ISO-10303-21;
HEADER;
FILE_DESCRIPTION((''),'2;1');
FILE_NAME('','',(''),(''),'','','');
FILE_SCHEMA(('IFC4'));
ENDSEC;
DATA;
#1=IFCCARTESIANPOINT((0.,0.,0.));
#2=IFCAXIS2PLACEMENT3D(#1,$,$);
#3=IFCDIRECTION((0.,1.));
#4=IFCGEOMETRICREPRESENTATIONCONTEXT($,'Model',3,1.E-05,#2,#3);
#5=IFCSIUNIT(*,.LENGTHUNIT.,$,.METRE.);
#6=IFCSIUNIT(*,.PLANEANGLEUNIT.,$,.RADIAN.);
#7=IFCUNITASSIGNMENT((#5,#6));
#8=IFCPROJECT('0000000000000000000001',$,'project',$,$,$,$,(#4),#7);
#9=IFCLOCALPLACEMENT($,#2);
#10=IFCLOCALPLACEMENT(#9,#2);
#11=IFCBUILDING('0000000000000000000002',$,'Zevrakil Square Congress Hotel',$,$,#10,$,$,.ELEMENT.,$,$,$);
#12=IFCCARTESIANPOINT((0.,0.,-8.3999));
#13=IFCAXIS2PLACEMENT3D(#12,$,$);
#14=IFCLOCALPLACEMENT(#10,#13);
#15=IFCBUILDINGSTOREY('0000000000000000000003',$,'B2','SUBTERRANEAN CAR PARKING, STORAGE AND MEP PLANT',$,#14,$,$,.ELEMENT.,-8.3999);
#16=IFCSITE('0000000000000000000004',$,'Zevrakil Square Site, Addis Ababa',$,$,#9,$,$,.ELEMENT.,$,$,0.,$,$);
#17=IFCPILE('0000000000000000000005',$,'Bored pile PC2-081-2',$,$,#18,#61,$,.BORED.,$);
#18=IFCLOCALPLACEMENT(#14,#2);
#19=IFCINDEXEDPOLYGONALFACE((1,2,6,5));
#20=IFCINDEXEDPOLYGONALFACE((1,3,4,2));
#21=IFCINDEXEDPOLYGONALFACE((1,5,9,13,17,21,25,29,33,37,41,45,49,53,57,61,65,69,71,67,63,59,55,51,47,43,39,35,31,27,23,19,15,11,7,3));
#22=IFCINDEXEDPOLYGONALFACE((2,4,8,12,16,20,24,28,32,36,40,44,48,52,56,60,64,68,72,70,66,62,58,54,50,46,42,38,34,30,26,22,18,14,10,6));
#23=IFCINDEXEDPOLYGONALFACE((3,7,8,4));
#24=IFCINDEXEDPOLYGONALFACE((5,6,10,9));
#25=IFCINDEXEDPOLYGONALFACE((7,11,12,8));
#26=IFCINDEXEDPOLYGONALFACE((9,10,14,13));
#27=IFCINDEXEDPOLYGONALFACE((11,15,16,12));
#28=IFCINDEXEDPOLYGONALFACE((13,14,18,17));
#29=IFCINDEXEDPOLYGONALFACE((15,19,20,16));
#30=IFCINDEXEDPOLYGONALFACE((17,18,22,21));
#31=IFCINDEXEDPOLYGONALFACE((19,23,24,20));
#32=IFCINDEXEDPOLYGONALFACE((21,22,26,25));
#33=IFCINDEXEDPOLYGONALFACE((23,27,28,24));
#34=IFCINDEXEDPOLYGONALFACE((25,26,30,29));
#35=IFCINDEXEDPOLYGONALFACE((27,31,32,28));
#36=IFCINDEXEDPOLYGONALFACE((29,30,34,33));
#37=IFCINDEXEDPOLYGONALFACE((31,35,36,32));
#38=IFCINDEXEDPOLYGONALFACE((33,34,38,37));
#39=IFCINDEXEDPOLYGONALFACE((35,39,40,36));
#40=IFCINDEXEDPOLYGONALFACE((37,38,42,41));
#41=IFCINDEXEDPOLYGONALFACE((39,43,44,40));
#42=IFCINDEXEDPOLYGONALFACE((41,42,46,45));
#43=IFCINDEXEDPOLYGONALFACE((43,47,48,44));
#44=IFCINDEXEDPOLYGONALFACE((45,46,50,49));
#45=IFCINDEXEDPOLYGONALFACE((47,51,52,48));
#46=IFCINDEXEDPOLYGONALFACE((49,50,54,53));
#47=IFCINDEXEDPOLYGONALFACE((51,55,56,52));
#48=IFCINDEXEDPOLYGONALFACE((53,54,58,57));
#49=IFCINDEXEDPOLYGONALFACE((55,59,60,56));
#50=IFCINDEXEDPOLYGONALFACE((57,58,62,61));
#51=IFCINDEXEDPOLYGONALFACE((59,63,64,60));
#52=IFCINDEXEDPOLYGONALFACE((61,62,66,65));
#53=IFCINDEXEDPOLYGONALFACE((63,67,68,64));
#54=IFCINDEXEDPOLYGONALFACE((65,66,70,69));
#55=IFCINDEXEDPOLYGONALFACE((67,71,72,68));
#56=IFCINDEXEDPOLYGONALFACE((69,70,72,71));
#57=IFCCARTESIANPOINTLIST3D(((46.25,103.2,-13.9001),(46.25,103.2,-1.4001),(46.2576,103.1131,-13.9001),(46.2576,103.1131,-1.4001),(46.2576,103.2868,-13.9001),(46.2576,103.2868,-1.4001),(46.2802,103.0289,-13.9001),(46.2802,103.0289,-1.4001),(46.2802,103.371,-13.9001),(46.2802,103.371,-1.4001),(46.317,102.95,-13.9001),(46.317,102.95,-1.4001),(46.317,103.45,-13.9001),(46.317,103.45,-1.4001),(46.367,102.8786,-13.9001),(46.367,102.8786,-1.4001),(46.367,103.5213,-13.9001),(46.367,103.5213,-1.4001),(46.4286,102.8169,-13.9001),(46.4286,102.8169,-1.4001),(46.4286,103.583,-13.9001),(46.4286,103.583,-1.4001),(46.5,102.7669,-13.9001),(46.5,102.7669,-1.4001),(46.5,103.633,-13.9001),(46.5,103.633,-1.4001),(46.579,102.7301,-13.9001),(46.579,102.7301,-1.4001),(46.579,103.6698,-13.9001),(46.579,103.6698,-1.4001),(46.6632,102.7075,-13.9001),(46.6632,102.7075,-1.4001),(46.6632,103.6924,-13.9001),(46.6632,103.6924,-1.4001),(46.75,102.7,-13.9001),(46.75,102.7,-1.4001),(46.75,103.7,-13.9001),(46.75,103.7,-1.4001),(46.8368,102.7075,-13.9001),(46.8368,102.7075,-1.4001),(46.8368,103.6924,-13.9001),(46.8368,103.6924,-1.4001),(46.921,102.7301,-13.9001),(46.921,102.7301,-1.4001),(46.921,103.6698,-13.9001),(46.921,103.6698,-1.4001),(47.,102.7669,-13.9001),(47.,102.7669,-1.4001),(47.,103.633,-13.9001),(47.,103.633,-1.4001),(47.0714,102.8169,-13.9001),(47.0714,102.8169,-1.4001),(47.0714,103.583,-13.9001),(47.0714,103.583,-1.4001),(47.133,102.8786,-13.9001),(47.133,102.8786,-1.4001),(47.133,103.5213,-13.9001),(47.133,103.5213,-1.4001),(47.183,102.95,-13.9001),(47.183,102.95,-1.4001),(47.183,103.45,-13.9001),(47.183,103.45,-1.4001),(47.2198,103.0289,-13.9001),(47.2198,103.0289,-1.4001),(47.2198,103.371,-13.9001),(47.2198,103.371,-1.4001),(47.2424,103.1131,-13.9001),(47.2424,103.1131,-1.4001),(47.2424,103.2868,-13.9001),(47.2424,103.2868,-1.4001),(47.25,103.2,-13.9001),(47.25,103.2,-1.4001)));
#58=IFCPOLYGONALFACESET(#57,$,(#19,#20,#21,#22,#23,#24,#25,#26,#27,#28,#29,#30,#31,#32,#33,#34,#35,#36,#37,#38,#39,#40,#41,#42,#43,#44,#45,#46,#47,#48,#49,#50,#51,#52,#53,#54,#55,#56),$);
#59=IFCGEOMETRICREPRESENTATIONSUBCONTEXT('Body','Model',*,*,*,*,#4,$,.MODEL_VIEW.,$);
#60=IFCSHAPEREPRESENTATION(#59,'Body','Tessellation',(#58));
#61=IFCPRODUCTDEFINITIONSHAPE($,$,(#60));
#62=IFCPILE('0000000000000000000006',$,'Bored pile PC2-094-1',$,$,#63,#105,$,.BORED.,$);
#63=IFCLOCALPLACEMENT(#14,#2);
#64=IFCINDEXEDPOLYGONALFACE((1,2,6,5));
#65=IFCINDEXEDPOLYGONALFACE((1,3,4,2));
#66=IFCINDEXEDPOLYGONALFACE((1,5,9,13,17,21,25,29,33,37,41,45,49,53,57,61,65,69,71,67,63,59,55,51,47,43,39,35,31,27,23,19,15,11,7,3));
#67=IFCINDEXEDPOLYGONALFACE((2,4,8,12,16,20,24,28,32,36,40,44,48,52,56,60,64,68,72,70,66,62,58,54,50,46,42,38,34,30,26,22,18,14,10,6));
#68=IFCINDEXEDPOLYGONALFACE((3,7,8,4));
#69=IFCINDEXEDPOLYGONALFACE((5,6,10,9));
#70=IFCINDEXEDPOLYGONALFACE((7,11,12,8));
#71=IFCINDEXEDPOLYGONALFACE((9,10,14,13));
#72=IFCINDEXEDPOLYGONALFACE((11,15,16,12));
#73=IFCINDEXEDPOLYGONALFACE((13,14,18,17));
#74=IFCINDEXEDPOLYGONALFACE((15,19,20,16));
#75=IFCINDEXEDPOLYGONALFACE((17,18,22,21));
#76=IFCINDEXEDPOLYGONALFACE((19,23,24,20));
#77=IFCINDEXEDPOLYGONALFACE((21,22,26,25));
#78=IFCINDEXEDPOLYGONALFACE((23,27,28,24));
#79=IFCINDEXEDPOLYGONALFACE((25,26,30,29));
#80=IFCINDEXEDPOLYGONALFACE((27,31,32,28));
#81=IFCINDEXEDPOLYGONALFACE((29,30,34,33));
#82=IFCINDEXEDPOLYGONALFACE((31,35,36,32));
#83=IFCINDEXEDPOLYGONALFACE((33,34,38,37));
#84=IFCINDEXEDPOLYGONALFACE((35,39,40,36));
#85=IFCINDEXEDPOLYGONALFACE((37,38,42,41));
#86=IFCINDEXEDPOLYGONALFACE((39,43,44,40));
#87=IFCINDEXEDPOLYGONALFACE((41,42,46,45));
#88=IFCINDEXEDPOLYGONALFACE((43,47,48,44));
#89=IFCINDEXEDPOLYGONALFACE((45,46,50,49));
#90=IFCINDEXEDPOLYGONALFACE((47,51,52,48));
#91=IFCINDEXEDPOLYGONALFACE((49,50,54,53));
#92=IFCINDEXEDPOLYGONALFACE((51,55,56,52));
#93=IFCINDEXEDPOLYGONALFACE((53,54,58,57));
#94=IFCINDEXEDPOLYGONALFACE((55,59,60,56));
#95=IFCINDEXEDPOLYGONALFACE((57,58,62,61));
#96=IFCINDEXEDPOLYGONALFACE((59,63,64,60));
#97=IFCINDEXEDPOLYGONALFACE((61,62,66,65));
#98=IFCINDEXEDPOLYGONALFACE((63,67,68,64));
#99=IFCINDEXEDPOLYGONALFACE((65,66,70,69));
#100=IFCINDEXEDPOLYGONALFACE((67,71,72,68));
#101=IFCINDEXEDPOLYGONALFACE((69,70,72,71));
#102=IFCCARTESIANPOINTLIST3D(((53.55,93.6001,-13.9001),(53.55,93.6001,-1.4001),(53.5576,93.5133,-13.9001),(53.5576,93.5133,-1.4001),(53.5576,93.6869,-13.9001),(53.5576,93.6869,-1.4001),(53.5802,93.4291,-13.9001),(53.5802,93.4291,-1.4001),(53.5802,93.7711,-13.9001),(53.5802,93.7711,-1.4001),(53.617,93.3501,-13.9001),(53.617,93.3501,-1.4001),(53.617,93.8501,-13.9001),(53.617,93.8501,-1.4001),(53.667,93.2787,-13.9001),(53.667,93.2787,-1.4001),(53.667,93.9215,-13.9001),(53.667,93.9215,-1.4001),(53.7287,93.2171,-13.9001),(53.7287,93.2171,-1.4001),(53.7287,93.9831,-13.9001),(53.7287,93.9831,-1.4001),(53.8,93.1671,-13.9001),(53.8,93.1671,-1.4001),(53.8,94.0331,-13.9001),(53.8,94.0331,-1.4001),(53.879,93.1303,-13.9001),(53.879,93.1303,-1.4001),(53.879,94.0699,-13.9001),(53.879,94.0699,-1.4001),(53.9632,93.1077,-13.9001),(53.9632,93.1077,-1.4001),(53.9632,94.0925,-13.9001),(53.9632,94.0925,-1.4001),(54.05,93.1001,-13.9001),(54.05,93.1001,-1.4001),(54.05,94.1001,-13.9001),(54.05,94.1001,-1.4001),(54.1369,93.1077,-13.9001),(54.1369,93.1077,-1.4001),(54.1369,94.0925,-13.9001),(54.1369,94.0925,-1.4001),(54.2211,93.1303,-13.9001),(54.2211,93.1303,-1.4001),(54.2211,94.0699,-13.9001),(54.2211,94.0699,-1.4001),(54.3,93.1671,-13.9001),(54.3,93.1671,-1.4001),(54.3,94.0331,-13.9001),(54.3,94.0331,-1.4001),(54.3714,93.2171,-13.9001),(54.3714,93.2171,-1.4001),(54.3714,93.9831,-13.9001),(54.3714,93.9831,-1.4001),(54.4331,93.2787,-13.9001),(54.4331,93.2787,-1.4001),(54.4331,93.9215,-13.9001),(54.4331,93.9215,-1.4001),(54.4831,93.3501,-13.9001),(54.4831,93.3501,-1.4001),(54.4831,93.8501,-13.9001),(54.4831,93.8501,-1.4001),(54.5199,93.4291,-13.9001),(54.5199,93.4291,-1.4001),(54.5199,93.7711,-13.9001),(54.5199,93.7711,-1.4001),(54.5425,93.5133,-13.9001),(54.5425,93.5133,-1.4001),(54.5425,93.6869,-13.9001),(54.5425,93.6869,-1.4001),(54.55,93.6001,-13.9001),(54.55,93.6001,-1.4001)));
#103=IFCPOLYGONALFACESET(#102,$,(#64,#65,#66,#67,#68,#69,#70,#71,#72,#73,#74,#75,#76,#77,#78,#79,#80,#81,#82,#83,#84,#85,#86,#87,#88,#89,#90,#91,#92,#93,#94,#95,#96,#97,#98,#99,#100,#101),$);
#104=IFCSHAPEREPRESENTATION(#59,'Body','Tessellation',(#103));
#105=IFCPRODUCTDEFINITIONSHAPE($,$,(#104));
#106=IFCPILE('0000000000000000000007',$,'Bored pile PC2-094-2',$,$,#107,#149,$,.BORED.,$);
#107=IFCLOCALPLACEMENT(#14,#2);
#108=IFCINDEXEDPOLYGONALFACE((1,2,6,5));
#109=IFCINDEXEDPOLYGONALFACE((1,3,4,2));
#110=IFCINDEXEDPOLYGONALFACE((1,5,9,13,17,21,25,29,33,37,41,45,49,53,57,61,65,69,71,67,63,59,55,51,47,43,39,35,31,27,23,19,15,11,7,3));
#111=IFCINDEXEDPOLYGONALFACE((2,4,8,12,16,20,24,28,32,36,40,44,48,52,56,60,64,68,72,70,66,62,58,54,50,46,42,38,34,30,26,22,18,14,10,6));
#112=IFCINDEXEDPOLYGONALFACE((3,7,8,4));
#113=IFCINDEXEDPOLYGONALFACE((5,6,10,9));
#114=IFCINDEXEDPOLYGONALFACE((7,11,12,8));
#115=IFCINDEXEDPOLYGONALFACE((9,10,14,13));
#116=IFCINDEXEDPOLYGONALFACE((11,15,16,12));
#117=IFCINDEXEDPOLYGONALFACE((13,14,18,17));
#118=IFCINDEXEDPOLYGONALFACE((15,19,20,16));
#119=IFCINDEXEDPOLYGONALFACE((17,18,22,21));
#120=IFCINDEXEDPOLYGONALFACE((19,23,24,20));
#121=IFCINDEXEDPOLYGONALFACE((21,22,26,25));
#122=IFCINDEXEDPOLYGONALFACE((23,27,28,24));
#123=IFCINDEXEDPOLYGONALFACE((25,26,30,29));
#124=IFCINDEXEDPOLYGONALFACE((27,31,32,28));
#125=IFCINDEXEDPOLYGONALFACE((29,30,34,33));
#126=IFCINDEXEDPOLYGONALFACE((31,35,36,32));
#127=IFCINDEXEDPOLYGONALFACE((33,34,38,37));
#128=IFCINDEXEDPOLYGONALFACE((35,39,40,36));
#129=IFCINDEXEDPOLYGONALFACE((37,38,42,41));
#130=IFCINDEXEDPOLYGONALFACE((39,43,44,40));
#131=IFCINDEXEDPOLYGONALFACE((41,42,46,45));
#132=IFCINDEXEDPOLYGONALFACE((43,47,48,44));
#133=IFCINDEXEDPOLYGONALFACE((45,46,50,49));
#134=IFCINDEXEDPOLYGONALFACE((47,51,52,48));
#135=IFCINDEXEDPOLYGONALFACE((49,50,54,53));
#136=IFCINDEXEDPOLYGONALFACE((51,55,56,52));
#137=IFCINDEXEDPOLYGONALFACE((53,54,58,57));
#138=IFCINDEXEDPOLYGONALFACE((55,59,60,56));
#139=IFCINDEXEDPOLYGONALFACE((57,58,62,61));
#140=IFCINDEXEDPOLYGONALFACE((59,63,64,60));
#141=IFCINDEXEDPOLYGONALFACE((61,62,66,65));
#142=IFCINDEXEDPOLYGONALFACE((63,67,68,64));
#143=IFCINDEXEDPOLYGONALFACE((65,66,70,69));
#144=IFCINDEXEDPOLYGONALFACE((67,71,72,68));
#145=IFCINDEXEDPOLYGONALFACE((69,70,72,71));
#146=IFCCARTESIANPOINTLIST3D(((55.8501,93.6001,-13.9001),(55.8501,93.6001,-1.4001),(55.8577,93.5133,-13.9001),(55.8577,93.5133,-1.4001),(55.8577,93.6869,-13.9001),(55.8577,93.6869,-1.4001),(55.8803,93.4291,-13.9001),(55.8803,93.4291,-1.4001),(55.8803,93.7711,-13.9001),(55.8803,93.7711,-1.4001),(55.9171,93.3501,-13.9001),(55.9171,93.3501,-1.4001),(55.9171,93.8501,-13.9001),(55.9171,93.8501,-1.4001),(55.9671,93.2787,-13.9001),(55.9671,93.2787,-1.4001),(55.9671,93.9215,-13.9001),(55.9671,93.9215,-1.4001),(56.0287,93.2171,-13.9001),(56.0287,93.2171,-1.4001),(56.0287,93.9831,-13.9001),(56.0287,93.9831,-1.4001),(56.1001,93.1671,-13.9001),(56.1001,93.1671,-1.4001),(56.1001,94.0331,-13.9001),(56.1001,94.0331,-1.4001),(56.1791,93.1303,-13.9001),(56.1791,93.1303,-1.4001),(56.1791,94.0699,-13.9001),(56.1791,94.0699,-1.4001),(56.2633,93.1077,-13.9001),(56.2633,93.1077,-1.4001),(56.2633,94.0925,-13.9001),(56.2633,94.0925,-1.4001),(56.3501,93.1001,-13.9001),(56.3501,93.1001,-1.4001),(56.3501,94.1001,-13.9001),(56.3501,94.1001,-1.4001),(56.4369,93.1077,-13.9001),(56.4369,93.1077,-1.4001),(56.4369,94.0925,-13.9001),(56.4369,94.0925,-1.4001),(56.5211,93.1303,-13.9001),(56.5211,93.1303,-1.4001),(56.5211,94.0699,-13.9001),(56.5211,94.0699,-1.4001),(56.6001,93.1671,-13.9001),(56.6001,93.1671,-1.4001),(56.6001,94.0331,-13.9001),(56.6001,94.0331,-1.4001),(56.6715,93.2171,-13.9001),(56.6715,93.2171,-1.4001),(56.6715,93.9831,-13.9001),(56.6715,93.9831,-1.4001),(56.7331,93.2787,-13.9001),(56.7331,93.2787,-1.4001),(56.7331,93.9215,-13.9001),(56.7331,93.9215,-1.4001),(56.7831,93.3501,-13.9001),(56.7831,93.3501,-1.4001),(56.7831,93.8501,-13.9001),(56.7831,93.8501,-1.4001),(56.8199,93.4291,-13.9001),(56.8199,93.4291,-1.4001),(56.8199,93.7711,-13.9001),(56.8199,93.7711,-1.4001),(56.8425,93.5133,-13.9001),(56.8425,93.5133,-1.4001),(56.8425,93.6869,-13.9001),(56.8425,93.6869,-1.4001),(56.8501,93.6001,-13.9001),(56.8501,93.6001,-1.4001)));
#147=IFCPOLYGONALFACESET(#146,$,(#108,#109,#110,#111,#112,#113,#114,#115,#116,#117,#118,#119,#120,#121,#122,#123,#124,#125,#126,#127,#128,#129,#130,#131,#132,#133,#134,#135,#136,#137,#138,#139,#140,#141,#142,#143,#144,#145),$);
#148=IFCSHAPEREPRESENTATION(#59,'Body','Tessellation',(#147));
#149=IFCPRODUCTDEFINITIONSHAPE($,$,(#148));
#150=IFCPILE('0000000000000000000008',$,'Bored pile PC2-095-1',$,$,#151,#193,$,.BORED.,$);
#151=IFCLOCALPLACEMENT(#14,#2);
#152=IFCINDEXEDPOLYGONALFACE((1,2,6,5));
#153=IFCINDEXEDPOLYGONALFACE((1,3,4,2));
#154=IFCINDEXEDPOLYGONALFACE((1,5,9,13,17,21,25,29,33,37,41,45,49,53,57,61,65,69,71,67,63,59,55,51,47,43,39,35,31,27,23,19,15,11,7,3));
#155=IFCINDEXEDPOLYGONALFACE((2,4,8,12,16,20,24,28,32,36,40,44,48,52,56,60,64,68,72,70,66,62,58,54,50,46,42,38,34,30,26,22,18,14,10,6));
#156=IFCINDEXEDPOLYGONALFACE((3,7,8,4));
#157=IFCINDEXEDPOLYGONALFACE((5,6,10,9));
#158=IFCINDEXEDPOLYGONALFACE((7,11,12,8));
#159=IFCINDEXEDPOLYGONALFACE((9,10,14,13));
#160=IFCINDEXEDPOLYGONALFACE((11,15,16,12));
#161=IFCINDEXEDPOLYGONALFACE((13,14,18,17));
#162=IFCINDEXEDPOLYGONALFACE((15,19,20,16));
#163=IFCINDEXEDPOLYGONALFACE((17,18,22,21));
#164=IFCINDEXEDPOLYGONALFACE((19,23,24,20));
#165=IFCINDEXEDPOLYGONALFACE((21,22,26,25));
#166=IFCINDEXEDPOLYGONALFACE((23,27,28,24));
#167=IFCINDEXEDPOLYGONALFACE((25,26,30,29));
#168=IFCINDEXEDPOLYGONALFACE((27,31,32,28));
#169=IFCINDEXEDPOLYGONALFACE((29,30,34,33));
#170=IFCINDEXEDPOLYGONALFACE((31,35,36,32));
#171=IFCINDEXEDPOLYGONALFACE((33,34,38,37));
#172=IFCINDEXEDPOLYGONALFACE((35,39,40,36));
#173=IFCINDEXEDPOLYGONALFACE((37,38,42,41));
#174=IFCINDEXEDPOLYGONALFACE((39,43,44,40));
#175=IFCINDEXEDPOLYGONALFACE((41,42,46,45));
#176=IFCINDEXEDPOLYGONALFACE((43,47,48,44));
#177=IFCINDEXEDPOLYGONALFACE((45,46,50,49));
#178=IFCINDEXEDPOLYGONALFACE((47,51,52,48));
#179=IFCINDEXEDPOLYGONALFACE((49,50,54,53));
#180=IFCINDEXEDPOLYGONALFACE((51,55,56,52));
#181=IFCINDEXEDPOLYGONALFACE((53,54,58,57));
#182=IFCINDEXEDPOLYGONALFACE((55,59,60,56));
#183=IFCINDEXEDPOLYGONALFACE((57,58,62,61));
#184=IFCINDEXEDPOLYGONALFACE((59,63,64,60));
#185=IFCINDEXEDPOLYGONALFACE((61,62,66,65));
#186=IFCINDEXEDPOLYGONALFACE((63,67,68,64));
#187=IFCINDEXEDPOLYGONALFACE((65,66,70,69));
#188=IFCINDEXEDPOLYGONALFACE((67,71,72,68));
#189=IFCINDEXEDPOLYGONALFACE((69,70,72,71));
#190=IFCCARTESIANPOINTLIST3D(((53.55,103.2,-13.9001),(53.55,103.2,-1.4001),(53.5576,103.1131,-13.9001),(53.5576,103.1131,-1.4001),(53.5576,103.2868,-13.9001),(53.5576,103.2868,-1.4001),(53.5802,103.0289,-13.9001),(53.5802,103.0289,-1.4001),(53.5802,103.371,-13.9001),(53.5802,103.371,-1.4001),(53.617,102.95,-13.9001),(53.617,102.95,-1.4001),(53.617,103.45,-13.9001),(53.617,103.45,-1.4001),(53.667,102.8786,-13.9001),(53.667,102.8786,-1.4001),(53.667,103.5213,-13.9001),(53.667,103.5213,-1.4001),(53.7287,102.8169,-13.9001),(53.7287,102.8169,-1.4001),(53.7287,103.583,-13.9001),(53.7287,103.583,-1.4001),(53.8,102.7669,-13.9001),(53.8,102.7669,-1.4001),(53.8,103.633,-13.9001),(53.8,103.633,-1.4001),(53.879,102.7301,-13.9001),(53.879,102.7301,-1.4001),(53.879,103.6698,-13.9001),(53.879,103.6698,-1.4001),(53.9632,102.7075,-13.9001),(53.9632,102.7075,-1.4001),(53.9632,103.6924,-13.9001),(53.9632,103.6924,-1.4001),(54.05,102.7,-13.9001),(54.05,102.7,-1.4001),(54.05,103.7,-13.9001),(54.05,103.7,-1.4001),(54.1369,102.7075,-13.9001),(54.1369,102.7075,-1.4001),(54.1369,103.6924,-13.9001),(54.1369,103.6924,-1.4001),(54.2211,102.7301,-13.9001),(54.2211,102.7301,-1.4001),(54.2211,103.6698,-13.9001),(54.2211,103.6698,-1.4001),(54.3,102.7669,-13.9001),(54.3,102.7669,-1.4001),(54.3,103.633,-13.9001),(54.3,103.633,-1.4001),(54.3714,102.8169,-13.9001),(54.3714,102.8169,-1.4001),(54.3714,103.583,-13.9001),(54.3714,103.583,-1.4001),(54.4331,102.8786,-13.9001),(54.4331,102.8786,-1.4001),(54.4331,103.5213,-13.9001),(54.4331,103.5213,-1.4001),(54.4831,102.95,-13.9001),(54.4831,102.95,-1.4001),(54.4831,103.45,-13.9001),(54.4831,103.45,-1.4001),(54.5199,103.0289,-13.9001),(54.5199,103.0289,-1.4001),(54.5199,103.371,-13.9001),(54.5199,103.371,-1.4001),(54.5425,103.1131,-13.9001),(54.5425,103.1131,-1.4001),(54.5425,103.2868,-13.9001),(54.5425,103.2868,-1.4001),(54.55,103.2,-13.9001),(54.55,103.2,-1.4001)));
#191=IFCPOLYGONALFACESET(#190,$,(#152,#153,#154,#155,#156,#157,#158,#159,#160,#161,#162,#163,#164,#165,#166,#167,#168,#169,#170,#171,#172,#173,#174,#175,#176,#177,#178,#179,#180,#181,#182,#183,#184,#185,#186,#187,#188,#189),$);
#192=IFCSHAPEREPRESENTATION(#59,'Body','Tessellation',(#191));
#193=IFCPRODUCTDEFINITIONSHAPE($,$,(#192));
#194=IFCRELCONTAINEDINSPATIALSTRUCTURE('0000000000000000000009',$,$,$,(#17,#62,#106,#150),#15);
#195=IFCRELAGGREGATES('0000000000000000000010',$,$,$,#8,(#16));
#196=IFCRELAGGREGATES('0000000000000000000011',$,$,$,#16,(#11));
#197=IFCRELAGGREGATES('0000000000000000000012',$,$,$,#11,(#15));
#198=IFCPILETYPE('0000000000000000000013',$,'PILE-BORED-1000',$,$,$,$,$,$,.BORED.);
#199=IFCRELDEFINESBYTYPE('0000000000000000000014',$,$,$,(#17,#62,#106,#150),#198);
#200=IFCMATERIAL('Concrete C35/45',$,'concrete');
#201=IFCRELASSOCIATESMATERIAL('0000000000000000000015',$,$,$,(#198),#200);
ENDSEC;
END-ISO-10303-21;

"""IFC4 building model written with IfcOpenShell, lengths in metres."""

from ifc_helpers import new_model, si_unit, direction, frame, origin, origin_2d, place, context, subcontext, project, spatial, circle, extrude, material, material_profile, profile_set, type_object, element, save


model = new_model("IFC4")

# Units and contexts
model_context = context("Model", 3, precision=1e-05, world=origin(), true_north=direction((0.0, 1.0)))
body_context = subcontext(model_context, "Body", "Model", "MODEL_VIEW")
ifc_project = project(units=[si_unit("LENGTHUNIT", "METRE"), si_unit("PLANEANGLEUNIT", "RADIAN")], contexts=[model_context])

# Site, building, storey
site_placement = place(None, origin())
site = spatial("IfcSite", under=ifc_project, at=site_placement, Name="Zevrakil Square Site, Addis Ababa", CompositionType="ELEMENT", RefElevation=0.0)
building_placement = place(site_placement, origin())
building = spatial("IfcBuilding", under=site, at=building_placement, Name="Zevrakil Square Congress Hotel", CompositionType="ELEMENT")
storey_placement = place(building_placement, frame((0.0, 0.0, -8.3999)))
storey = spatial("IfcBuildingStorey", under=building, at=storey_placement, Name="B2", Description="SUBTERRANEAN CAR PARKING, STORAGE AND MEP PLANT", CompositionType="ELEMENT", Elevation=-8.3999)

# Piles
ifc_material_1 = material(Name="Concrete C35/45", Category="concrete")
ifc_material_profile_1 = material_profile(ifc_material_1, circle(Radius=0.5, at=origin_2d()), Name="PILE D1000")
ifc_profile_set_1 = profile_set([ifc_material_profile_1], Name="Concrete C35/45")
pile_type = type_object("IfcPileType", Name="PILE-BORED-1000", PredefinedType="BORED", material=ifc_profile_set_1)
for number, where, z_axis, x_axis, name in (
    (1, (46.75, 103.2, -1.4001), (0.0, 0.0, -1.0), (1.0, 0.0, 0.0), "Bored pile PC2-081-2"),
    (2, (54.05, 93.6001, -1.4001), (0.0, 0.0, -1.0), (1.0, 0.0, 0.0), "Bored pile PC2-094-1"),
    (3, (56.3501, 93.6001, -1.4001), (0.0, 0.0, -1.0), (1.0, 0.0, 0.0), "Bored pile PC2-094-2"),
    (4, (54.05, 103.2, -1.4001), (0.0, 0.0, -1.0), (1.0, 0.0, 0.0), "Bored pile PC2-095-1"),
):
    element("IfcPile", number, at=place(storey_placement, frame(where, z_axis=z_axis, x_axis=x_axis)), inside=storey, type_object=pile_type, Name=name, PredefinedType="BORED", context=body_context, shape_type="SweptSolid", body=[
        extrude(circle(Radius=0.5, at=origin_2d()), origin(), (0.0, 0.0, 1.0), 12.5),
    ])

save(model, "model.ifc")
